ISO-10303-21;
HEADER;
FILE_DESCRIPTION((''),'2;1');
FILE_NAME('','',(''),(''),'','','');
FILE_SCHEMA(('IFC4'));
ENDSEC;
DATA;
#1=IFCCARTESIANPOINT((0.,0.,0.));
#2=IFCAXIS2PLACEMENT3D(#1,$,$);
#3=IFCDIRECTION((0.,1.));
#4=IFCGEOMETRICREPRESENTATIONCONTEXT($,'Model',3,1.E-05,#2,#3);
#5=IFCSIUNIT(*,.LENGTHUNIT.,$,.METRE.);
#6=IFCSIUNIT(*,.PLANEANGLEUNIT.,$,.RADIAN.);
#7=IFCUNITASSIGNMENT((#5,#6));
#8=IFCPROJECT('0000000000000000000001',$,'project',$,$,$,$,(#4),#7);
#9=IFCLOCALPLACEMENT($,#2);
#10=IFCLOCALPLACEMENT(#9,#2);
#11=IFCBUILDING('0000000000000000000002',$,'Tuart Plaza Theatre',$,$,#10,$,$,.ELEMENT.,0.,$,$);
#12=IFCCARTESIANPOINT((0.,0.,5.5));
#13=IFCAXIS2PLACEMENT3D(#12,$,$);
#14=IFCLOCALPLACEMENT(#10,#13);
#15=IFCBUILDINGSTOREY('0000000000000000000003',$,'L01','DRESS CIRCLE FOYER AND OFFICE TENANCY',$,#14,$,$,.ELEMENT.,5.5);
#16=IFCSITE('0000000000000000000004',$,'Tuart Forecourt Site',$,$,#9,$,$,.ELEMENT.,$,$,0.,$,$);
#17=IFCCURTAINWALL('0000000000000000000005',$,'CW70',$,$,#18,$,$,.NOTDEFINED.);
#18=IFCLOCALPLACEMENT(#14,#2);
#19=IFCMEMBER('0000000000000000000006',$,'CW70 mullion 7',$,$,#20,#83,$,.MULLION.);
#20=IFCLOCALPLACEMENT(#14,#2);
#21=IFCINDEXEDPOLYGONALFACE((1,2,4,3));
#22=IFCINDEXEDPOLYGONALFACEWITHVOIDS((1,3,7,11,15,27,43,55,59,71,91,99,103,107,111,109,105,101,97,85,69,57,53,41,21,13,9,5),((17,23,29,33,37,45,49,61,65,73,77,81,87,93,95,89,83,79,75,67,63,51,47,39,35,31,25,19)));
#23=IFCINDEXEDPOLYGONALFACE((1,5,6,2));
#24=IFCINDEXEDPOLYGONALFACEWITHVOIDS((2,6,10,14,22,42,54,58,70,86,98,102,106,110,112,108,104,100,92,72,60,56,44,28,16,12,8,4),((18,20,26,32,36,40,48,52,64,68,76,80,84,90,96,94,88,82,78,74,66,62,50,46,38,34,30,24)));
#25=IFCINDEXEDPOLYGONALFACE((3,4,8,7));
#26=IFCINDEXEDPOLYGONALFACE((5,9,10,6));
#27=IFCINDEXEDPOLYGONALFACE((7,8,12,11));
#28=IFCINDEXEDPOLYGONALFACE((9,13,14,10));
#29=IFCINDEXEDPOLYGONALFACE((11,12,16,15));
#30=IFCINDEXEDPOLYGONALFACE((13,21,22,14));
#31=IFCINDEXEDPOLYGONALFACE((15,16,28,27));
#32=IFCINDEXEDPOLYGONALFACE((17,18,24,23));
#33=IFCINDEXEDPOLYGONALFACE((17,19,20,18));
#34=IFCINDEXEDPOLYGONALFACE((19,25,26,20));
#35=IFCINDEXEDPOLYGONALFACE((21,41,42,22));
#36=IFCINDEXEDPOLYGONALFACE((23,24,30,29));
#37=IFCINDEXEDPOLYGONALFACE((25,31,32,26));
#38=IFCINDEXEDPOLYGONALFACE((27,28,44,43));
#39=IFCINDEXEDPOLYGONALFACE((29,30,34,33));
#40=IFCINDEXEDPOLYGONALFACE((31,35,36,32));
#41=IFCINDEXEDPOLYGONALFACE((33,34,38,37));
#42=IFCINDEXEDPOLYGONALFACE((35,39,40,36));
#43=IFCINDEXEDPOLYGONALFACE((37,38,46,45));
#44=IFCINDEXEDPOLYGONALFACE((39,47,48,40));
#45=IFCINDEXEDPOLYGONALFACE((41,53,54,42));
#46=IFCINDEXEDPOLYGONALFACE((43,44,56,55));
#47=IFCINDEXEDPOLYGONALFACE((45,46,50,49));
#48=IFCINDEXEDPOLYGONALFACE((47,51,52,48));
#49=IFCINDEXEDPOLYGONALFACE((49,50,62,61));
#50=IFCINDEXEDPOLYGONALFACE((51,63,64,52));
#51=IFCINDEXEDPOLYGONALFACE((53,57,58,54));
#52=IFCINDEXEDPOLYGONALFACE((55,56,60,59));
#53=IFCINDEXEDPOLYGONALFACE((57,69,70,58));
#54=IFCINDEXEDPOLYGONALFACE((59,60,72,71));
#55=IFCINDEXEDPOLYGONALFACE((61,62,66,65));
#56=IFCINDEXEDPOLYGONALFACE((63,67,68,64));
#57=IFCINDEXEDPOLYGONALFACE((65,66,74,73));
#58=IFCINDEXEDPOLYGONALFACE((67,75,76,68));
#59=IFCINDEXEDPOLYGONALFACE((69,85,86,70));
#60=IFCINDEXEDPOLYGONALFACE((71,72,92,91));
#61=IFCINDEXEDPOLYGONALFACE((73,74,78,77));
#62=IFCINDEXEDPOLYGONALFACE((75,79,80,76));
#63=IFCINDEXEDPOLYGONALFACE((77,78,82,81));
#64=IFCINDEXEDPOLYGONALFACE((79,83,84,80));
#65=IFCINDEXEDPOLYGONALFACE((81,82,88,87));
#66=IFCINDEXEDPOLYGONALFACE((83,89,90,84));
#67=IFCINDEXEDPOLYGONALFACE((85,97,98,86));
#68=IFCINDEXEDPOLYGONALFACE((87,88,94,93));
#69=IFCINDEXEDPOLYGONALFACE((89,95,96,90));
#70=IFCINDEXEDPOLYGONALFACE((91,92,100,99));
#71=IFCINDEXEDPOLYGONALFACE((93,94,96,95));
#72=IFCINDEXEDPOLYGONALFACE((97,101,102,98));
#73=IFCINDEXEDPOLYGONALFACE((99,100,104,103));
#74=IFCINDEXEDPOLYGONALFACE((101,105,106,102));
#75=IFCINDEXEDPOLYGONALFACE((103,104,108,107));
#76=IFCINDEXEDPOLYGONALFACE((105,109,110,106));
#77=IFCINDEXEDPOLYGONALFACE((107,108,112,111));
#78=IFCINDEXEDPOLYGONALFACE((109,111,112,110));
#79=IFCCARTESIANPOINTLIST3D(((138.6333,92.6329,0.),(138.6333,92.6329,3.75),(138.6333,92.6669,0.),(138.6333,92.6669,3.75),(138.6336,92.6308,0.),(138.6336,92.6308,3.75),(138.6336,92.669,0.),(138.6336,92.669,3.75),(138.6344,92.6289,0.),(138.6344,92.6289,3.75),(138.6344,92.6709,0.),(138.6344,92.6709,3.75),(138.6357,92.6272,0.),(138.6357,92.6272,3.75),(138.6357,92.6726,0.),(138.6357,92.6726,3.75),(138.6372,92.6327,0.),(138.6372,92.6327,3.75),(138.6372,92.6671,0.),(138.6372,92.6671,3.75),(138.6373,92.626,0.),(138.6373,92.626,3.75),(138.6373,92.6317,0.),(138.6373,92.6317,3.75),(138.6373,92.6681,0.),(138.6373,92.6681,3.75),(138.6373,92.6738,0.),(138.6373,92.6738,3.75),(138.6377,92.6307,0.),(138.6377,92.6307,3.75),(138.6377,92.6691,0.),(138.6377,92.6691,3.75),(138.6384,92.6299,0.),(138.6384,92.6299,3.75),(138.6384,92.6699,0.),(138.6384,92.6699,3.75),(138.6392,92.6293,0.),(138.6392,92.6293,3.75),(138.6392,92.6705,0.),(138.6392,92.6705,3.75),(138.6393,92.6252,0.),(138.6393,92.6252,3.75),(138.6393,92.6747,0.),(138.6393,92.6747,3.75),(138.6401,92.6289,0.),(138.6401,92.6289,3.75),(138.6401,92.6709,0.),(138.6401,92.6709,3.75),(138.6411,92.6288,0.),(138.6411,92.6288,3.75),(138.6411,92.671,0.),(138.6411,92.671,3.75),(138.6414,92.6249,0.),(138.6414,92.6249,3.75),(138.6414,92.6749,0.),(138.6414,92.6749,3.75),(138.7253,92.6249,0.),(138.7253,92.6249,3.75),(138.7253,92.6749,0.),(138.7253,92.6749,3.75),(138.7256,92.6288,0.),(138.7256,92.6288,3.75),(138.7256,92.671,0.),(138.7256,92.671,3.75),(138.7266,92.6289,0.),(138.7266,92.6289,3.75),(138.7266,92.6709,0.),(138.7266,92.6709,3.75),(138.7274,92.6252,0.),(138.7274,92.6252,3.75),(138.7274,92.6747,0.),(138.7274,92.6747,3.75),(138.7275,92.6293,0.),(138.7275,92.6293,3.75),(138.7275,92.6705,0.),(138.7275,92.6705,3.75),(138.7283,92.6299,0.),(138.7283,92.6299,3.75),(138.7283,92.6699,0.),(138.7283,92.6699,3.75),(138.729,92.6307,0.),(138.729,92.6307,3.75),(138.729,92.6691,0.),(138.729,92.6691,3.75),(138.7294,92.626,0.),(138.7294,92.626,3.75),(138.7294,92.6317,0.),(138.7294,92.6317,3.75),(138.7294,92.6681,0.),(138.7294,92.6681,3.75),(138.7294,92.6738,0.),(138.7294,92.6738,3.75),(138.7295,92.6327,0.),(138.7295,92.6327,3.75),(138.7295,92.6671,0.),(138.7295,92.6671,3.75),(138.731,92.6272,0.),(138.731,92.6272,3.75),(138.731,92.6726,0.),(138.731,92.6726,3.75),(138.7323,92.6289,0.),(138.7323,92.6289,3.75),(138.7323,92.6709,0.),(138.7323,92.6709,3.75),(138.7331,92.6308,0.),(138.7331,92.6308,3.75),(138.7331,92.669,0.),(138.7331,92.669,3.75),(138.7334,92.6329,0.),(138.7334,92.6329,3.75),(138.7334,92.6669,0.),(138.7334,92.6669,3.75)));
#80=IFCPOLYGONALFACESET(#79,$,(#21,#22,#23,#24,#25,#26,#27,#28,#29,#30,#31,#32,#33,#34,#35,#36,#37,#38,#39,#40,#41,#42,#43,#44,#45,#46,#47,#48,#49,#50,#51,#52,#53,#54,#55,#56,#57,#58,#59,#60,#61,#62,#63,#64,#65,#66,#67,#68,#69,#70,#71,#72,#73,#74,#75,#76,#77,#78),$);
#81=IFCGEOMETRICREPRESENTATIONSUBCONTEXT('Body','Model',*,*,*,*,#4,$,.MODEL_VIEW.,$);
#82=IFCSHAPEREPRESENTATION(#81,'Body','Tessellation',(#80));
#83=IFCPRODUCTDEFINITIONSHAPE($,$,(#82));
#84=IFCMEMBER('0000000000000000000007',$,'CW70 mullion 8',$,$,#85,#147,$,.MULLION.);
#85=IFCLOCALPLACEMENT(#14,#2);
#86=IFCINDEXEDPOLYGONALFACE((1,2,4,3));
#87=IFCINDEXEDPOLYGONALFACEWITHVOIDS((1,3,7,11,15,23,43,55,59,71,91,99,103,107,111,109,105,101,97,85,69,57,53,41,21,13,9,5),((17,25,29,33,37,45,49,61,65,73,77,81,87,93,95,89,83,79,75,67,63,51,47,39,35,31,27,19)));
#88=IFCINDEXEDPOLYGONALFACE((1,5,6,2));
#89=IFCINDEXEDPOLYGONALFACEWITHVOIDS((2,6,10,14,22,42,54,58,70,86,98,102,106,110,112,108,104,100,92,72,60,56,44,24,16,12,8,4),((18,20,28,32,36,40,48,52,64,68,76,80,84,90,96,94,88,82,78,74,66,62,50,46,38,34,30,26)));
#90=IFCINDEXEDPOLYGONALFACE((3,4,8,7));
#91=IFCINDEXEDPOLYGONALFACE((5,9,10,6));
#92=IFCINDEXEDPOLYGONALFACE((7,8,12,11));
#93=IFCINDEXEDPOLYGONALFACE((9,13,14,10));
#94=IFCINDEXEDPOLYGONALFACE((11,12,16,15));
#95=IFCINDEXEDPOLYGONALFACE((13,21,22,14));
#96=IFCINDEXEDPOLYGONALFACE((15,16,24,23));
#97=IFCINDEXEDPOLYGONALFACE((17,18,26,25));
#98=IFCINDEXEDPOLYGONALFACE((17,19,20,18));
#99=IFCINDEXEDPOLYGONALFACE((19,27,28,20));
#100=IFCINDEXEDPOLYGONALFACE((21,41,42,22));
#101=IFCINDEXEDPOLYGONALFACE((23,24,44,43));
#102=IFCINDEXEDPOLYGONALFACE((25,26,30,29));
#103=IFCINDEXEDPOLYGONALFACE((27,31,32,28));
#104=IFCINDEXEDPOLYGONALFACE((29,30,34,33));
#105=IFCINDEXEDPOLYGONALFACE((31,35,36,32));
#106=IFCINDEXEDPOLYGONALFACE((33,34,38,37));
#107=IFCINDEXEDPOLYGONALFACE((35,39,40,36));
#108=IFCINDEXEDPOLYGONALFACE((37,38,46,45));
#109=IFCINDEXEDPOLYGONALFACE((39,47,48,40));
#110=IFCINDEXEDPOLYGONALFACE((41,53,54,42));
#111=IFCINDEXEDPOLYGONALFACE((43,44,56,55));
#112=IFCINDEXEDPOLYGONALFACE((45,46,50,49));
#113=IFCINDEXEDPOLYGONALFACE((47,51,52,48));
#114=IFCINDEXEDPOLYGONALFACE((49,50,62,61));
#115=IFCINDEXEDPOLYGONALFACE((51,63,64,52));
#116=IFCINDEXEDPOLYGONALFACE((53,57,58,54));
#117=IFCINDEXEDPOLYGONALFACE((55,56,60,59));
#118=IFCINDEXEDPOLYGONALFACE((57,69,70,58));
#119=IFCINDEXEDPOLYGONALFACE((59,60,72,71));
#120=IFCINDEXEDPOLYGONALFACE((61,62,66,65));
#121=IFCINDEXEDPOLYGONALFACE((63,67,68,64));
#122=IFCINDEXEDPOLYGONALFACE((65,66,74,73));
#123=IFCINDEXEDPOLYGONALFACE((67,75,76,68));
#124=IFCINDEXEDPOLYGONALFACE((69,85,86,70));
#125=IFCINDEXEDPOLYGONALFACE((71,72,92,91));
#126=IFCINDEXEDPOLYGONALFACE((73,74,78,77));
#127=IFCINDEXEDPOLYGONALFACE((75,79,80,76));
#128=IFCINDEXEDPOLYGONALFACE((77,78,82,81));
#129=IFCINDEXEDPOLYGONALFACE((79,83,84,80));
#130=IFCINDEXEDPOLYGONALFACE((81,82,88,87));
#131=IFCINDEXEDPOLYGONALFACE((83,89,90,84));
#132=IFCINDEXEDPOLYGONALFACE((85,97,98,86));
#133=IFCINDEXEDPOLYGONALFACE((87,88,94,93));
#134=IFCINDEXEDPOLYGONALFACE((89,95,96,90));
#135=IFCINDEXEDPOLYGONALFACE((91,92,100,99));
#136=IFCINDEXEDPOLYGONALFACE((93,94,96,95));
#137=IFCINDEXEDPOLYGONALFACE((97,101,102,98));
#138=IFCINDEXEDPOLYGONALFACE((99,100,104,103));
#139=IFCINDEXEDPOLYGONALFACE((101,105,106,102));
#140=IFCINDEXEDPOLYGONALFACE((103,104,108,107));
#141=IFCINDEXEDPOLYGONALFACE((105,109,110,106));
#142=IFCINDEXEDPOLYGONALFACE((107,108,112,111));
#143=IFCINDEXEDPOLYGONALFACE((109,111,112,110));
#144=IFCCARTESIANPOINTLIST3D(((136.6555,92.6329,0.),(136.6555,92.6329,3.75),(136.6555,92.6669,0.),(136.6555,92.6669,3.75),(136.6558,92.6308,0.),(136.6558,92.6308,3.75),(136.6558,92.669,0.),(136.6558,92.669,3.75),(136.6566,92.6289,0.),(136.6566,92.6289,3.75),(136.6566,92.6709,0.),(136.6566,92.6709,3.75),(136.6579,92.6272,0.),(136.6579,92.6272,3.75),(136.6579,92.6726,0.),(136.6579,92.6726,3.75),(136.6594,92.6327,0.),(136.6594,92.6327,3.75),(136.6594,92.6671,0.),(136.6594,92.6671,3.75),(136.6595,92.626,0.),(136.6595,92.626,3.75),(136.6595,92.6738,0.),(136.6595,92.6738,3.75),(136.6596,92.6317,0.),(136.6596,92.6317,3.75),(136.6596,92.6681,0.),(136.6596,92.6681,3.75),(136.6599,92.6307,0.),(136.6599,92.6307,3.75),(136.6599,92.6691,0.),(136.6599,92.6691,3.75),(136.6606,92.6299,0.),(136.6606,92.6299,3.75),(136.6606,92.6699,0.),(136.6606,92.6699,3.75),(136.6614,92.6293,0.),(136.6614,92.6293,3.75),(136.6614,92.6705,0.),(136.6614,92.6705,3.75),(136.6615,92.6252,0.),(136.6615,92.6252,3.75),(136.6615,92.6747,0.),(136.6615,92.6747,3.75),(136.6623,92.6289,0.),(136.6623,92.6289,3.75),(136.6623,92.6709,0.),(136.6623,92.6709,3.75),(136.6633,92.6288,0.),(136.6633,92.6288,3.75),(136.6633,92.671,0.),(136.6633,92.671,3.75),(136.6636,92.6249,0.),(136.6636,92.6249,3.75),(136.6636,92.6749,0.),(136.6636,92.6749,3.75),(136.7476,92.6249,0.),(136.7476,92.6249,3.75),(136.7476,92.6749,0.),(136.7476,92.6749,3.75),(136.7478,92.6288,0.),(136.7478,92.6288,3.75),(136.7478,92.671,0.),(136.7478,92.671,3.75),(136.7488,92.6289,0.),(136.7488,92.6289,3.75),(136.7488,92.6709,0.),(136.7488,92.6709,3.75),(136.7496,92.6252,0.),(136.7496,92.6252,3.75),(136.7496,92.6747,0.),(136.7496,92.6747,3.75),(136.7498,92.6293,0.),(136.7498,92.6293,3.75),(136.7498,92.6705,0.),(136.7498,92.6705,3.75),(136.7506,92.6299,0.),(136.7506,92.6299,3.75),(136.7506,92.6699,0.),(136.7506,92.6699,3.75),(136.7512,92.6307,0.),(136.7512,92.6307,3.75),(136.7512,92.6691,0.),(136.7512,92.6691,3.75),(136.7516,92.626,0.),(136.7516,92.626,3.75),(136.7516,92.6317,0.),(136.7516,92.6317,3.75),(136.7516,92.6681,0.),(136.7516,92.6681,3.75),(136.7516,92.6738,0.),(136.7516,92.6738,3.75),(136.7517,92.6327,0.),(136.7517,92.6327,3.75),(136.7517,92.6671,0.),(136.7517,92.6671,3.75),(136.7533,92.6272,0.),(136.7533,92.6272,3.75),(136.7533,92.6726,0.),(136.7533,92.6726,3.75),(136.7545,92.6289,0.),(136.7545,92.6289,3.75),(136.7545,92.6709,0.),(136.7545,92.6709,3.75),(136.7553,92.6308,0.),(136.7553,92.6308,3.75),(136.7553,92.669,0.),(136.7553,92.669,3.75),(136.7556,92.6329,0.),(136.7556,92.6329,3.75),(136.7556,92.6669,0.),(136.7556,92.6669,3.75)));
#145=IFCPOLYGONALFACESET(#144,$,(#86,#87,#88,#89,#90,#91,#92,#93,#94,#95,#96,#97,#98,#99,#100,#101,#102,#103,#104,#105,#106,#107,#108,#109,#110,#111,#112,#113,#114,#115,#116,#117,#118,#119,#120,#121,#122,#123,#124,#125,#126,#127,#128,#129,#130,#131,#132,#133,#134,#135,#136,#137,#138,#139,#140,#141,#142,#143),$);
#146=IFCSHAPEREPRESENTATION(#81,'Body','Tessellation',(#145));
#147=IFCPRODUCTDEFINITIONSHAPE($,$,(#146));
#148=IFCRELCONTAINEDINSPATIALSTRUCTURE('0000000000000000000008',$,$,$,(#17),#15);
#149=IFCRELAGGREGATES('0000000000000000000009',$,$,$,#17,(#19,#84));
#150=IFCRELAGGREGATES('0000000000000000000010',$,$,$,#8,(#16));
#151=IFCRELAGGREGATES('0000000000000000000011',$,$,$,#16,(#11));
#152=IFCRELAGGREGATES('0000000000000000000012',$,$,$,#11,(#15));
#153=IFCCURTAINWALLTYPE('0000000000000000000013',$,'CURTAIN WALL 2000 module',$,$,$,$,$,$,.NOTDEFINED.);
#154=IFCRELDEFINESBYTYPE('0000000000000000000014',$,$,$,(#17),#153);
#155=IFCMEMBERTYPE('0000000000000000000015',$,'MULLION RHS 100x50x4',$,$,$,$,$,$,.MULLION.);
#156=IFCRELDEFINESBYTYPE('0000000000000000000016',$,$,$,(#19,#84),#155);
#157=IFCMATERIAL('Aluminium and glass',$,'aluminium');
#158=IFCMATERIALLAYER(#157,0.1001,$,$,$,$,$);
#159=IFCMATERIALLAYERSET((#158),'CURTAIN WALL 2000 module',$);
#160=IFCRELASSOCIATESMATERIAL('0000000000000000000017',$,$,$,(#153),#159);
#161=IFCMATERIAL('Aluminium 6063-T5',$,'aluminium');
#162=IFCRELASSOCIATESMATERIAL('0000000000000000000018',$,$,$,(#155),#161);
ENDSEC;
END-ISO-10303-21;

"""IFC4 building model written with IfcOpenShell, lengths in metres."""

from ifc_helpers import new_model, si_unit, direction, frame, origin, origin_2d, place, context, subcontext, project, spatial, hollow_rectangle, extrude, material, layer, layer_set, material_profile, profile_set, type_object, element, aggregate, save


model = new_model("IFC4")

# Units and contexts
model_context = context("Model", 3, precision=1e-05, world=origin(), true_north=direction((0.0, 1.0)))
body_context = subcontext(model_context, "Body", "Model", "MODEL_VIEW")
ifc_project = project(units=[si_unit("LENGTHUNIT", "METRE"), si_unit("PLANEANGLEUNIT", "RADIAN")], contexts=[model_context])

# Site, building, storey
site_placement = place(None, origin())
site = spatial("IfcSite", under=ifc_project, at=site_placement, Name="Tuart Forecourt Site", CompositionType="ELEMENT", RefElevation=0.0)
building_placement = place(site_placement, origin())
building = spatial("IfcBuilding", under=site, at=building_placement, Name="Tuart Plaza Theatre", CompositionType="ELEMENT", ElevationOfRefHeight=0.0)
storey_placement = place(building_placement, frame((0.0, 0.0, 5.5)))
storey = spatial("IfcBuildingStorey", under=building, at=storey_placement, Name="L01", Description="DRESS CIRCLE FOYER AND OFFICE TENANCY", CompositionType="ELEMENT", Elevation=5.5)

# Curtain wall, members
ifc_material_1 = material(Name="Aluminium and glass", Category="aluminium")
ifc_layer_1 = layer(ifc_material_1, 0.1001)
ifc_layer_set_1 = layer_set([ifc_layer_1], Name="CURTAIN WALL 2000 module")
curtain_wall_type = type_object("IfcCurtainWallType", Name="CURTAIN WALL 2000 module", PredefinedType="NOTDEFINED", material=ifc_layer_set_1)
curtain_wall_placement = place(storey_placement, origin())
curtain_wall = element("IfcCurtainWall", 1, at=curtain_wall_placement, inside=storey, type_object=curtain_wall_type, Name="CW70", PredefinedType="NOTDEFINED")
ifc_material_2 = material(Name="Aluminium 6063-T5", Category="aluminium")
ifc_material_profile_1 = material_profile(ifc_material_2, hollow_rectangle(XDim=0.05, YDim=0.1001, WallThickness=0.0039, InnerFilletRadius=0.0039, OuterFilletRadius=0.0081, at=origin_2d()), Name="RHS 100x50x4")
ifc_profile_set_1 = profile_set([ifc_material_profile_1], Name="Aluminium 6063-T5")
member_type_1 = type_object("IfcMemberType", Name="MULLION RHS 100x50x4", PredefinedType="MULLION", material=ifc_profile_set_1)
member_1_placement = place(storey_placement, frame((138.6833, 92.6499, 0.0), z_axis=(0.0, 0.0, 1.0), x_axis=(0.0, -1.0, 0.0)))
member_1 = element("IfcMember", 2, at=member_1_placement, type_object=member_type_1, Name="CW70 mullion 7", PredefinedType="MULLION", context=body_context, shape_type="SweptSolid", body=[
    extrude(hollow_rectangle(XDim=0.05, YDim=0.1001, WallThickness=0.0039, InnerFilletRadius=0.0039, OuterFilletRadius=0.0081, at=origin_2d()), origin(), (0.0, 0.0, 1.0), 3.75),
])
member_2_placement = place(storey_placement, frame((136.7056, 92.6499, 0.0), z_axis=(0.0, 0.0, 1.0), x_axis=(0.0, -1.0, 0.0)))
member_2 = element("IfcMember", 3, at=member_2_placement, type_object=member_type_1, Name="CW70 mullion 8", PredefinedType="MULLION", context=body_context, shape_type="SweptSolid", body=[
    extrude(hollow_rectangle(XDim=0.05, YDim=0.1001, WallThickness=0.0039, InnerFilletRadius=0.0039, OuterFilletRadius=0.0081, at=origin_2d()), origin(), (0.0, 0.0, 1.0), 3.75),
])
aggregate(curtain_wall, [member_1, member_2])

save(model, "model.ifc")
